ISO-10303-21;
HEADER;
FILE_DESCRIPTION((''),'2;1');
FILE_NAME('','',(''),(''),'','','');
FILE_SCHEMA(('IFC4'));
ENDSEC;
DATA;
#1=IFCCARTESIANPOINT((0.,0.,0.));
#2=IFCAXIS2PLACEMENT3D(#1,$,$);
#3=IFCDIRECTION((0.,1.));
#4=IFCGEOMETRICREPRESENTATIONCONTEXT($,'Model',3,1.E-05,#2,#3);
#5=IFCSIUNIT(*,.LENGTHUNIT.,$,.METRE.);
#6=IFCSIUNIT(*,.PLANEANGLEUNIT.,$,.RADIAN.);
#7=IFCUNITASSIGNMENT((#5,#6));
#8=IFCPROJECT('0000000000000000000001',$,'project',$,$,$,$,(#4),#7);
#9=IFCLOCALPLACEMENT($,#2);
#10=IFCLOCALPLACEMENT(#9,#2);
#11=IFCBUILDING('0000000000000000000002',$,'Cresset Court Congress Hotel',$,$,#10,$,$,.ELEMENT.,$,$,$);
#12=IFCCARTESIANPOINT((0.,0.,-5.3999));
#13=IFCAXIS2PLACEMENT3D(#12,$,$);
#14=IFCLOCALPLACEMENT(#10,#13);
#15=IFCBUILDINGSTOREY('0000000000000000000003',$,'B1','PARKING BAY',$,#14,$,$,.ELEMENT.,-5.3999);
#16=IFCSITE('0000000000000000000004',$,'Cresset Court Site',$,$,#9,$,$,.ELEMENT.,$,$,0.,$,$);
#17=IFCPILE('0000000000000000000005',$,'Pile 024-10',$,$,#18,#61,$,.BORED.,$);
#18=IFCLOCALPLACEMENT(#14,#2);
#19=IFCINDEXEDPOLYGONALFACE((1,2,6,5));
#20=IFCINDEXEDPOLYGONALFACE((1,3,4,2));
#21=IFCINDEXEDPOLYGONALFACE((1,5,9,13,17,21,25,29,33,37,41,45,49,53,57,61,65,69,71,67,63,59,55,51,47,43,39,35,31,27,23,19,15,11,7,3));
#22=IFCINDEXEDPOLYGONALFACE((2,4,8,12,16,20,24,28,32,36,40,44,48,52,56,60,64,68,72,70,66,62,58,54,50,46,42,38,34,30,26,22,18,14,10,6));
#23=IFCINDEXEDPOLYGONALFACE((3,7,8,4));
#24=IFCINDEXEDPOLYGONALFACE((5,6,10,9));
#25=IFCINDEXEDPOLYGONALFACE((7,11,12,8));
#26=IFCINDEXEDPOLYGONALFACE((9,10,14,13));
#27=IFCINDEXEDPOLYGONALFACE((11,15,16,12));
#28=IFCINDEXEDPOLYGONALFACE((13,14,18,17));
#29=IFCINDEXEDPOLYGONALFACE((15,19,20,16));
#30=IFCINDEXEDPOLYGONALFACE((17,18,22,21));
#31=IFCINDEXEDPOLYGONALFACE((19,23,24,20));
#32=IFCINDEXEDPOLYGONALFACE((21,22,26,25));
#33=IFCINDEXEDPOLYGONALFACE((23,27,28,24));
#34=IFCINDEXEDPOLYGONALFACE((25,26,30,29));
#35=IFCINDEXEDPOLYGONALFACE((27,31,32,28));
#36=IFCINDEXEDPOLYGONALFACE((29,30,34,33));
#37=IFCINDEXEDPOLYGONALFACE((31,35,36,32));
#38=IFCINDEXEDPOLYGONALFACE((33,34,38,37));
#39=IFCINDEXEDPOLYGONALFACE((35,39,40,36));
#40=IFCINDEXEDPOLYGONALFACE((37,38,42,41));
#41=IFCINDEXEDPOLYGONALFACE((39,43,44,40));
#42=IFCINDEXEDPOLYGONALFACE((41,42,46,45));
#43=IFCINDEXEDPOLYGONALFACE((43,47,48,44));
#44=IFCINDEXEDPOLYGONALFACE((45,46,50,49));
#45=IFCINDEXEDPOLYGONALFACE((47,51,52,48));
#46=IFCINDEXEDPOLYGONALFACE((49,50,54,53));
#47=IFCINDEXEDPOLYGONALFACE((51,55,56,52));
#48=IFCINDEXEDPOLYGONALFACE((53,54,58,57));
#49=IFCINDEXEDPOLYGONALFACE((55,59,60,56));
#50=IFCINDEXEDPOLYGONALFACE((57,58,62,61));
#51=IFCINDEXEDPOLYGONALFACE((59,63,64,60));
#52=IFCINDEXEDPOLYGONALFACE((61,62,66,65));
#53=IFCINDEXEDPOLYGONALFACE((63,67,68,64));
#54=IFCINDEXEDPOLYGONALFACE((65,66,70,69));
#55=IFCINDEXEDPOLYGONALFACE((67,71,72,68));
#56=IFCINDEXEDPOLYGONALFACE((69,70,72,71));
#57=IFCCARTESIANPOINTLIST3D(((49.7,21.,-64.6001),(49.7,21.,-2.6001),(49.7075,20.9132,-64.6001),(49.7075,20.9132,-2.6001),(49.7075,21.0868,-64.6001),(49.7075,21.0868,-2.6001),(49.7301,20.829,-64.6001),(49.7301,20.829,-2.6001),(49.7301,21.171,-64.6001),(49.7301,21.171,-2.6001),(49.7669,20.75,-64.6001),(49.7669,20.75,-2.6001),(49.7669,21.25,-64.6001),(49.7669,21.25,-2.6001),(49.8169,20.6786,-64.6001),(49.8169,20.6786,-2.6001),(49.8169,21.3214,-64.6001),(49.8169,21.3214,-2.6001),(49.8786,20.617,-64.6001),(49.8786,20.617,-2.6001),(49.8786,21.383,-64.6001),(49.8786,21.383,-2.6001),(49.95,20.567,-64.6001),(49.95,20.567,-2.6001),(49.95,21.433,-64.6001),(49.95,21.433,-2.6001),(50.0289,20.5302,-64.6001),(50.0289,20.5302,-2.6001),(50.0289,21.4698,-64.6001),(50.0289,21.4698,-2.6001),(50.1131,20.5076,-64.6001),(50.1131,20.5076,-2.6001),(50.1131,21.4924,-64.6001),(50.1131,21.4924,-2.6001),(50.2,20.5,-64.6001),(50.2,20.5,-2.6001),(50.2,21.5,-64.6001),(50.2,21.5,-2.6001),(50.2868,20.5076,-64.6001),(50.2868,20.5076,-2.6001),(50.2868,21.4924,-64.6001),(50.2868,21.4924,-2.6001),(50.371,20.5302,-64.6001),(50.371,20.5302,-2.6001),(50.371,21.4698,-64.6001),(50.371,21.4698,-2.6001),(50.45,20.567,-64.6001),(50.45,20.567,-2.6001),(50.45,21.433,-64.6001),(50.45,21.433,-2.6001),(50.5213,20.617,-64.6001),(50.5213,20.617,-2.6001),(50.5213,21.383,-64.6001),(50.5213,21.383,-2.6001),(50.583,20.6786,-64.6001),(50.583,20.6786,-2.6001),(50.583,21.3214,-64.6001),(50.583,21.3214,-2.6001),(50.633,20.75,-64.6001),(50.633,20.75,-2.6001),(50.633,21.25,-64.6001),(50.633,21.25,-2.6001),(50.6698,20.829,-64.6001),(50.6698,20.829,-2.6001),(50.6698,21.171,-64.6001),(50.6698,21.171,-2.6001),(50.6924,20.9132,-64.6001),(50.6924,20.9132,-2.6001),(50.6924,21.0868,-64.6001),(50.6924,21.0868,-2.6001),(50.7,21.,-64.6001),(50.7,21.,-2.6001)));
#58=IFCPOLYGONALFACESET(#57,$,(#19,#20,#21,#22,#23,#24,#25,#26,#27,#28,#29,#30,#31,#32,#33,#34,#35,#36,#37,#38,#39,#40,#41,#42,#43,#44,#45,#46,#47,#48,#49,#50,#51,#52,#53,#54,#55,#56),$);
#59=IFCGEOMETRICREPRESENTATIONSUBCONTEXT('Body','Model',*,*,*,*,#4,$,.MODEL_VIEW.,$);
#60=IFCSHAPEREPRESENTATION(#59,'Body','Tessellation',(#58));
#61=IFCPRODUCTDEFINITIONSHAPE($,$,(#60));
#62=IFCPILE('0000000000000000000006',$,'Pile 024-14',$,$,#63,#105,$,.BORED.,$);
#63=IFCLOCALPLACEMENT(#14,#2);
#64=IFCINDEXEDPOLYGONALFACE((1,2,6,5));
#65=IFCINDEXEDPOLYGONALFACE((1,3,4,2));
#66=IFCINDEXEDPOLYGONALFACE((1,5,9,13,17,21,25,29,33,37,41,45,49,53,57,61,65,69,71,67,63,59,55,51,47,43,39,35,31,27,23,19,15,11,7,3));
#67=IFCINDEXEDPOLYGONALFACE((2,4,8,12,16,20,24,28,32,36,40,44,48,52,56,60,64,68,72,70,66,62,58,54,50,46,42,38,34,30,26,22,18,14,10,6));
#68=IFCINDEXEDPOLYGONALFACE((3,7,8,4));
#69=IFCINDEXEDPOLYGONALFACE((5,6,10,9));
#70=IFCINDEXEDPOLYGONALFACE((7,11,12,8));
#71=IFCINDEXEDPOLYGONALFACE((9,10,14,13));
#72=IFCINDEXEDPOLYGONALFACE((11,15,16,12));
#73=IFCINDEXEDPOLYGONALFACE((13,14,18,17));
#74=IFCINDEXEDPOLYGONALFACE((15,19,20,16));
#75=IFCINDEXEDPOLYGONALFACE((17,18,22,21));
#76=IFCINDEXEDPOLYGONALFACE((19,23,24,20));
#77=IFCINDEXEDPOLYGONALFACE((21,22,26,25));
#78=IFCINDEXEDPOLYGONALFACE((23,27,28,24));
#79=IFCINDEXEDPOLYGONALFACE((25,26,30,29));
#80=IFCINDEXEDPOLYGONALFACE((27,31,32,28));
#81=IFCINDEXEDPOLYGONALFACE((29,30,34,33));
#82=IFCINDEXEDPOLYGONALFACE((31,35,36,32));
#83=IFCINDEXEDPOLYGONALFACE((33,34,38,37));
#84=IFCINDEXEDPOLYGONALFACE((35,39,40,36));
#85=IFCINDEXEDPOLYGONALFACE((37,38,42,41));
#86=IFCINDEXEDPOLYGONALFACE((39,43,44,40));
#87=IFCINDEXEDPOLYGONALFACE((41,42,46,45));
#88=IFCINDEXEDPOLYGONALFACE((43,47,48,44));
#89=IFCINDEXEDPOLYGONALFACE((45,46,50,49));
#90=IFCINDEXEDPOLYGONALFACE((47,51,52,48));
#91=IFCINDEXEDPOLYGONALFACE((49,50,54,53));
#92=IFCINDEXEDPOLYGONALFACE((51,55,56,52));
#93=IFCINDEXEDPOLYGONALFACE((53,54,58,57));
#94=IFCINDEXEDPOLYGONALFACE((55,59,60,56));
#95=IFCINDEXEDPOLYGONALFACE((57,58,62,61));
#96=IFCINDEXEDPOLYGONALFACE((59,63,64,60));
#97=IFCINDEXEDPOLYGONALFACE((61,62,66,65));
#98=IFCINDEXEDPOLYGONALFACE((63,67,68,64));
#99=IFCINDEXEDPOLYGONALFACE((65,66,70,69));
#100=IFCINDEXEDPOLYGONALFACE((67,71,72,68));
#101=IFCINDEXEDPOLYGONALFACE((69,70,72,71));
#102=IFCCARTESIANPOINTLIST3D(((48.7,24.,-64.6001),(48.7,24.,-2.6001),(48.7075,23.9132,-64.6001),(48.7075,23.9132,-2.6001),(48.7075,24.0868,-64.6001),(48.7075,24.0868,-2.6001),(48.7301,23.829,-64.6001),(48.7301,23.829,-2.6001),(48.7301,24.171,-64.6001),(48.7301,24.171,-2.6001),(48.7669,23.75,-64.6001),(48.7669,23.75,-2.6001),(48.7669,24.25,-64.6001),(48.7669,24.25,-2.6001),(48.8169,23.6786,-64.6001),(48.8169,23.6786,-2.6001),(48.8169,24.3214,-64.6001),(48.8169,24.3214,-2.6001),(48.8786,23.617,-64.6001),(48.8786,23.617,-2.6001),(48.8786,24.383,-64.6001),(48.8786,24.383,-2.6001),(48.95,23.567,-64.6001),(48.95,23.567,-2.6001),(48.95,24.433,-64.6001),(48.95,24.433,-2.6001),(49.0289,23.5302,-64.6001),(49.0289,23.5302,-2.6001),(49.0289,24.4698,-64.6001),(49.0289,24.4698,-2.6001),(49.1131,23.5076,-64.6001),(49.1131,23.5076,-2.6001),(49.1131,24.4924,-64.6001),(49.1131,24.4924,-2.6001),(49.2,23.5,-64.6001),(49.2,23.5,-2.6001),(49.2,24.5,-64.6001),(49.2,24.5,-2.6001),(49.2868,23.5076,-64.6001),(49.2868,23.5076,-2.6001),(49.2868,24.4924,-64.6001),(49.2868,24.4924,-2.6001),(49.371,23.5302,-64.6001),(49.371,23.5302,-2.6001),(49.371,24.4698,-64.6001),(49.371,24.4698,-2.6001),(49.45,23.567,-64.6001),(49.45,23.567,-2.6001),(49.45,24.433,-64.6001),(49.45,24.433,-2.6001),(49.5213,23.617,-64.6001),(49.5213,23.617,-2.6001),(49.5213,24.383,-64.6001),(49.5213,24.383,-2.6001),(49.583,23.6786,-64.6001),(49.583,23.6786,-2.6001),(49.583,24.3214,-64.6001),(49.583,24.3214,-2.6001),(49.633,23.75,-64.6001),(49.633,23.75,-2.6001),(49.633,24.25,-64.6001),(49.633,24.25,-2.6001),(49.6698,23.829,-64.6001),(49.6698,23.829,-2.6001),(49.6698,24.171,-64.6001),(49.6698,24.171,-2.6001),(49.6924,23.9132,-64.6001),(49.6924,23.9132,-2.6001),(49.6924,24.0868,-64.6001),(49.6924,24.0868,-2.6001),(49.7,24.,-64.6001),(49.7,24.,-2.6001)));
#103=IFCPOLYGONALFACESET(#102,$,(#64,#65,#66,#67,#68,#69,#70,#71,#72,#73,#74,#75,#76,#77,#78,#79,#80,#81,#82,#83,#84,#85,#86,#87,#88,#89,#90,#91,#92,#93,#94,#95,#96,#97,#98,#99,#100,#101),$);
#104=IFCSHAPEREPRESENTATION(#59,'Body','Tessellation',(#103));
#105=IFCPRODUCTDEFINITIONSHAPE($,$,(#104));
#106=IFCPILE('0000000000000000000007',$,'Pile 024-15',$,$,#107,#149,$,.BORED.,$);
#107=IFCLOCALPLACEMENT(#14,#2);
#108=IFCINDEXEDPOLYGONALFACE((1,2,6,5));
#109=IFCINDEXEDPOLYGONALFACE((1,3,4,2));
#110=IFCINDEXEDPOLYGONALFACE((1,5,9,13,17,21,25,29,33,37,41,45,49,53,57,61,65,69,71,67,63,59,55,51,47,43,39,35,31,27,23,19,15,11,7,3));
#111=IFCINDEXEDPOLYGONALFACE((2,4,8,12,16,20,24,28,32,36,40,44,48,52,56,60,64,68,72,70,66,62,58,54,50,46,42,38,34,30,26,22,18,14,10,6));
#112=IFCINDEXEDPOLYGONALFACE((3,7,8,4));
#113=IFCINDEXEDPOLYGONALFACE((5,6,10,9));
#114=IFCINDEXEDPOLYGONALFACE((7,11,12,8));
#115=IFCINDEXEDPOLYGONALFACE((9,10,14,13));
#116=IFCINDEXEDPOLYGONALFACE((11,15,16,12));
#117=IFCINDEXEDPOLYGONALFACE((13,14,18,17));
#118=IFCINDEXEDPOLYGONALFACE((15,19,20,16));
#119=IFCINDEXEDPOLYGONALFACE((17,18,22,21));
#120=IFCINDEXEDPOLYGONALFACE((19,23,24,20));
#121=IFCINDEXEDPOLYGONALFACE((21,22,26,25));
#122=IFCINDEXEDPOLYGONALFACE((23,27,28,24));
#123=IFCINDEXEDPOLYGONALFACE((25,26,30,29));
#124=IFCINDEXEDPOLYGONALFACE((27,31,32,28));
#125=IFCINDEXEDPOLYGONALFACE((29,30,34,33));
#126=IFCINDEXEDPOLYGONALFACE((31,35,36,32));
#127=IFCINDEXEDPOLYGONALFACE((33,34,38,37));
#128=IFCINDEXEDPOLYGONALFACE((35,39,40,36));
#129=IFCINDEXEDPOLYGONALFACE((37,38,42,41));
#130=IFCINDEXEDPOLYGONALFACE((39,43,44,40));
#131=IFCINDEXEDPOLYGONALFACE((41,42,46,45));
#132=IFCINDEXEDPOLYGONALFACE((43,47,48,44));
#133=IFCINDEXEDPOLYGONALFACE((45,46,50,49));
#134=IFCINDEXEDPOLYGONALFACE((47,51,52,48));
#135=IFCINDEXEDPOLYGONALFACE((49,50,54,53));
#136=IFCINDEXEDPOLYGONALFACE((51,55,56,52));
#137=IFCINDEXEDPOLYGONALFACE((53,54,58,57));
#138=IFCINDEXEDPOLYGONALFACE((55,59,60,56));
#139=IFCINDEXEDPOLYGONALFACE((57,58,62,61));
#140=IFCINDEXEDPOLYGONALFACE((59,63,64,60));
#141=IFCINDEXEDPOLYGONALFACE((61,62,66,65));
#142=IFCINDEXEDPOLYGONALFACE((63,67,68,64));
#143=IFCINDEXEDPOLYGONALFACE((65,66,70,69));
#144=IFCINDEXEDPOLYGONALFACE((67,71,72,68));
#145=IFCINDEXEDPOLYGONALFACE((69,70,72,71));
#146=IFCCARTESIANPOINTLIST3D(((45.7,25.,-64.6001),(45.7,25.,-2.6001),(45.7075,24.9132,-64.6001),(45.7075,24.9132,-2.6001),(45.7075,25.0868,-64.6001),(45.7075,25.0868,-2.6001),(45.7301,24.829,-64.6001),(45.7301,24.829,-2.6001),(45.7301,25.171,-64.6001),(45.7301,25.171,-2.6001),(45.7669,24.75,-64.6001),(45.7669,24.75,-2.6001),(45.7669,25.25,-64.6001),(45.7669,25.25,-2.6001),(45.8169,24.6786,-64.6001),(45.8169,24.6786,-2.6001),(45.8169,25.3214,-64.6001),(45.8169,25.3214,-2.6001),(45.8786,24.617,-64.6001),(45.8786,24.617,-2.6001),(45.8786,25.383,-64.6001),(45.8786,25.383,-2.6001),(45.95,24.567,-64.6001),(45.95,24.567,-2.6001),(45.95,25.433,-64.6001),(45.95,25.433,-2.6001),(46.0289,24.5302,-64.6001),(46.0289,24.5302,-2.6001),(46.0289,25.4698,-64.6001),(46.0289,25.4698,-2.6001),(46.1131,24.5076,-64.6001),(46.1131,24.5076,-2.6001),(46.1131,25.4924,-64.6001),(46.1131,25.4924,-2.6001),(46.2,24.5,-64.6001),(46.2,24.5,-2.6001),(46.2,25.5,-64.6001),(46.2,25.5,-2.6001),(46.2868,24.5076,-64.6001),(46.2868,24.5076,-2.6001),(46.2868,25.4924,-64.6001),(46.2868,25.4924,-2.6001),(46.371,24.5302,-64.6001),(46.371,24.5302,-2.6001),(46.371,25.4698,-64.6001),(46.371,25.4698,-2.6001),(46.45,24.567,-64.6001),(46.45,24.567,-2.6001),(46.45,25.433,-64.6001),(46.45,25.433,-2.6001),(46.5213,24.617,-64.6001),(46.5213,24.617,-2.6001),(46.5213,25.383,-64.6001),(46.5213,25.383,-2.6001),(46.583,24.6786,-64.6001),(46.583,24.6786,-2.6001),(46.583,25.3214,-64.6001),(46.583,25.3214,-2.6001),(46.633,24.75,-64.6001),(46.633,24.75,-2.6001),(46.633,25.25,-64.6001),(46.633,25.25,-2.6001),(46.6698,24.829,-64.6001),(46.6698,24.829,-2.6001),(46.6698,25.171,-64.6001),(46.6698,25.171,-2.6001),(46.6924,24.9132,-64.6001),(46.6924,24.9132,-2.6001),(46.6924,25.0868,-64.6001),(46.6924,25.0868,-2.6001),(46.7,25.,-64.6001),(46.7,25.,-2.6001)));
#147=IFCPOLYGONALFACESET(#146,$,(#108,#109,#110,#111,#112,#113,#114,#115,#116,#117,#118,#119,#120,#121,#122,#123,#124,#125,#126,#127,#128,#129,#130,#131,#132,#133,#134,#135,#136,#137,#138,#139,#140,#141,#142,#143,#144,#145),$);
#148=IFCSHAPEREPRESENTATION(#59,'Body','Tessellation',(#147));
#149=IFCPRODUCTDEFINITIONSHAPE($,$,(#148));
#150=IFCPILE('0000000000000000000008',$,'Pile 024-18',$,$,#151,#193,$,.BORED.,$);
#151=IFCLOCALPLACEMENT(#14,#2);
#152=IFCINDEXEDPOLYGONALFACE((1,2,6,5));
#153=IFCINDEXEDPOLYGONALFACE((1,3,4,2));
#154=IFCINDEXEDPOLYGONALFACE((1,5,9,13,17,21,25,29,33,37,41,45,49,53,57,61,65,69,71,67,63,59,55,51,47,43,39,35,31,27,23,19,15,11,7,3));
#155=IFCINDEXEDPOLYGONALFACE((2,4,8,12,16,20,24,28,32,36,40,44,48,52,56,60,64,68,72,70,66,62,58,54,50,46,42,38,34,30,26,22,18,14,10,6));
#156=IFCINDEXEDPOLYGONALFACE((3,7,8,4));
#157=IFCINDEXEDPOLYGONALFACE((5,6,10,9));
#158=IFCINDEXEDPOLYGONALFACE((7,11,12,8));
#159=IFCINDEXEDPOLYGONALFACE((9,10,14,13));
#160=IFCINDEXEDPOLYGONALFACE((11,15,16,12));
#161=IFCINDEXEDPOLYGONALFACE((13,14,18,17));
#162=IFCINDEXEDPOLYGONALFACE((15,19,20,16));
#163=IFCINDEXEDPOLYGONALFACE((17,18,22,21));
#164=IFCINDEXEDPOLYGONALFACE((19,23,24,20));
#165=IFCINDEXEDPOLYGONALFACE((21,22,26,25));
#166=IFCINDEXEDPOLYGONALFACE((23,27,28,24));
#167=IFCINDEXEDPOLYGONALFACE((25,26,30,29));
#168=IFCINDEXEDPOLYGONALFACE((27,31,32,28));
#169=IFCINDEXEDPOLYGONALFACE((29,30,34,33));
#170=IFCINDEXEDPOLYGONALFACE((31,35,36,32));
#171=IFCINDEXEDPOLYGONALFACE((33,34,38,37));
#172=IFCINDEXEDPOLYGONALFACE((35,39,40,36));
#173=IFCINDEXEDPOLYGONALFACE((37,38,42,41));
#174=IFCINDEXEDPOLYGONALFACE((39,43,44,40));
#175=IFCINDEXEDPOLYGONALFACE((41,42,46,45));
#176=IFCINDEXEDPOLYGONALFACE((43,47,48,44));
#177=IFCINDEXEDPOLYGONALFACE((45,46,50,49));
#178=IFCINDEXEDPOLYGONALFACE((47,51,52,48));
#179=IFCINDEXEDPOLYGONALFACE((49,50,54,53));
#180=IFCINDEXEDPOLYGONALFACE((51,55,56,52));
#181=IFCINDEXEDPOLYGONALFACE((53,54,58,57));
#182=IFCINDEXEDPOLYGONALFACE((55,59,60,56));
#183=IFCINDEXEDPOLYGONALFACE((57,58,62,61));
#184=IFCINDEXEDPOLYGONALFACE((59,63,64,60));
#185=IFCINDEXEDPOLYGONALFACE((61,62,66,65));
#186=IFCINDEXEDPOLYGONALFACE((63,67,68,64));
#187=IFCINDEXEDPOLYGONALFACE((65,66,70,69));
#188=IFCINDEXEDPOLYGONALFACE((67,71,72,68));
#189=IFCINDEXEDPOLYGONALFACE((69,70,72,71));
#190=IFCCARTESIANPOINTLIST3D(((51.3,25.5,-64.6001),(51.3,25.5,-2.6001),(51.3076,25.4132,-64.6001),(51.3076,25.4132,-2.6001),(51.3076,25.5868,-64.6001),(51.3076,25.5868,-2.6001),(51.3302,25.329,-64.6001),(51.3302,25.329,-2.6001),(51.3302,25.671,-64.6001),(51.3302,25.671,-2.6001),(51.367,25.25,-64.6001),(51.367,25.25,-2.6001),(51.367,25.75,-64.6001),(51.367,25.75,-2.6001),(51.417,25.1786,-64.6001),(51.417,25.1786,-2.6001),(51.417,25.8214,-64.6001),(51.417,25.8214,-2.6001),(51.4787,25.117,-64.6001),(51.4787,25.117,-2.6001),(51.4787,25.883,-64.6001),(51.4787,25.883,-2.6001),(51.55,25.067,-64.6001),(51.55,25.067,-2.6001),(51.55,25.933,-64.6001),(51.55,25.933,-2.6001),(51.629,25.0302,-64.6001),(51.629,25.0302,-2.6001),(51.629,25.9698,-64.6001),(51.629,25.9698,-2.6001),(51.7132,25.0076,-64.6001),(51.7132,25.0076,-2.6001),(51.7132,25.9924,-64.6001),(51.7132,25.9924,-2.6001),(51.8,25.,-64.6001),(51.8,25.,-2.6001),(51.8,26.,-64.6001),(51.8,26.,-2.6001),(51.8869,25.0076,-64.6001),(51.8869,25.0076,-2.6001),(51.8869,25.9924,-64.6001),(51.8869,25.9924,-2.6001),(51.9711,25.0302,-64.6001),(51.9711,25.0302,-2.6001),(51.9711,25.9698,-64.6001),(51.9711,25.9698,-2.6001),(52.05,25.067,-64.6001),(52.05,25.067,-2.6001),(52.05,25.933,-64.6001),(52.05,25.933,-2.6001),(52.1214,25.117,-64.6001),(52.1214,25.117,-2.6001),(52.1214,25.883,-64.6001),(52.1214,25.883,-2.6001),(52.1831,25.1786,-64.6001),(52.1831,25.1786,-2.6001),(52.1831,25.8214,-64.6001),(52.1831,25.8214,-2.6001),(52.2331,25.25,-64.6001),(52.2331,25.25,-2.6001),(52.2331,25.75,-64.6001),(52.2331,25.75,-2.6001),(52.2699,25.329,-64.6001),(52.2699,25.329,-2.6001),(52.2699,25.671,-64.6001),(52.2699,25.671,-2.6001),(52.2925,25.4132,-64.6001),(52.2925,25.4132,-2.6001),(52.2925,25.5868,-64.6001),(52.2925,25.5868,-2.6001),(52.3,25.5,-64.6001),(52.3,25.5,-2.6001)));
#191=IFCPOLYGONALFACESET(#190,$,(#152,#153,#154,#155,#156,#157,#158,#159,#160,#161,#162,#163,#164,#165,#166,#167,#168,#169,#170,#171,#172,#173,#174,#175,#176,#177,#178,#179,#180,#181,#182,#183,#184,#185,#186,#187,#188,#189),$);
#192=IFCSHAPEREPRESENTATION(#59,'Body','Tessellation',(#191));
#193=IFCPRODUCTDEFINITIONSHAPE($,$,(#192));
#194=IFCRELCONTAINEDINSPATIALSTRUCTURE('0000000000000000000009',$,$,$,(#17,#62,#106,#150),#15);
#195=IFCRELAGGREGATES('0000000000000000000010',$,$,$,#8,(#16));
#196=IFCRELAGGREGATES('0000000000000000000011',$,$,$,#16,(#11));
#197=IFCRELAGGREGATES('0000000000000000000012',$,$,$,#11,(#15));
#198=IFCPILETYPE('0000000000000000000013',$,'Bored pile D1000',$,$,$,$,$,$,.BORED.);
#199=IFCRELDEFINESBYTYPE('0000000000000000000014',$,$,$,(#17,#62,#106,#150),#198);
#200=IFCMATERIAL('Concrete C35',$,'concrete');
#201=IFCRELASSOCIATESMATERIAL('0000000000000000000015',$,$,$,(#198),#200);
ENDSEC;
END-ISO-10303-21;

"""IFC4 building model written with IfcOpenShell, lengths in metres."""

from ifc_helpers import new_model, si_unit, direction, frame, origin, origin_2d, place, context, subcontext, project, spatial, circle, extrude, material, type_object, element, save


model = new_model("IFC4")

# Units and contexts
model_context = context("Model", 3, precision=1e-05, world=origin(), true_north=direction((0.0, 1.0)))
body_context = subcontext(model_context, "Body", "Model", "MODEL_VIEW")
ifc_project = project(units=[si_unit("LENGTHUNIT", "METRE"), si_unit("PLANEANGLEUNIT", "RADIAN")], contexts=[model_context])

# Site, building, storey
site_placement = place(None, origin())
site = spatial("IfcSite", under=ifc_project, at=site_placement, Name="Cresset Court Site", CompositionType="ELEMENT", RefElevation=0.0)
building_placement = place(site_placement, origin())
building = spatial("IfcBuilding", under=site, at=building_placement, Name="Cresset Court Congress Hotel", CompositionType="ELEMENT")
storey_placement = place(building_placement, frame((0.0, 0.0, -5.3999)))
storey = spatial("IfcBuildingStorey", under=building, at=storey_placement, Name="B1", Description="PARKING BAY", CompositionType="ELEMENT", Elevation=-5.3999)

# Piles
ifc_material_1 = material(Name="Concrete C35", Category="concrete")
pile_type = type_object("IfcPileType", Name="Bored pile D1000", PredefinedType="BORED", material=ifc_material_1)
for number, where, z_axis, x_axis, name in (
    (1, (50.2, 21.0, -2.6001), (0.0, 0.0, -1.0), (1.0, 0.0, 0.0), "Pile 024-10"),
    (2, (49.2, 24.0, -2.6001), (0.0, 0.0, -1.0), (1.0, 0.0, 0.0), "Pile 024-14"),
    (3, (46.2, 25.0, -2.6001), (0.0, 0.0, -1.0), (1.0, 0.0, 0.0), "Pile 024-15"),
    (4, (51.8, 25.5, -2.6001), (0.0, 0.0, -1.0), (1.0, 0.0, 0.0), "Pile 024-18"),
):
    element("IfcPile", number, at=place(storey_placement, frame(where, z_axis=z_axis, x_axis=x_axis)), inside=storey, type_object=pile_type, Name=name, PredefinedType="BORED", context=body_context, shape_type="SweptSolid", body=[
        extrude(circle(Radius=0.5, at=origin_2d()), origin(), (0.0, 0.0, 1.0), 62.0),
    ])

save(model, "model.ifc")
